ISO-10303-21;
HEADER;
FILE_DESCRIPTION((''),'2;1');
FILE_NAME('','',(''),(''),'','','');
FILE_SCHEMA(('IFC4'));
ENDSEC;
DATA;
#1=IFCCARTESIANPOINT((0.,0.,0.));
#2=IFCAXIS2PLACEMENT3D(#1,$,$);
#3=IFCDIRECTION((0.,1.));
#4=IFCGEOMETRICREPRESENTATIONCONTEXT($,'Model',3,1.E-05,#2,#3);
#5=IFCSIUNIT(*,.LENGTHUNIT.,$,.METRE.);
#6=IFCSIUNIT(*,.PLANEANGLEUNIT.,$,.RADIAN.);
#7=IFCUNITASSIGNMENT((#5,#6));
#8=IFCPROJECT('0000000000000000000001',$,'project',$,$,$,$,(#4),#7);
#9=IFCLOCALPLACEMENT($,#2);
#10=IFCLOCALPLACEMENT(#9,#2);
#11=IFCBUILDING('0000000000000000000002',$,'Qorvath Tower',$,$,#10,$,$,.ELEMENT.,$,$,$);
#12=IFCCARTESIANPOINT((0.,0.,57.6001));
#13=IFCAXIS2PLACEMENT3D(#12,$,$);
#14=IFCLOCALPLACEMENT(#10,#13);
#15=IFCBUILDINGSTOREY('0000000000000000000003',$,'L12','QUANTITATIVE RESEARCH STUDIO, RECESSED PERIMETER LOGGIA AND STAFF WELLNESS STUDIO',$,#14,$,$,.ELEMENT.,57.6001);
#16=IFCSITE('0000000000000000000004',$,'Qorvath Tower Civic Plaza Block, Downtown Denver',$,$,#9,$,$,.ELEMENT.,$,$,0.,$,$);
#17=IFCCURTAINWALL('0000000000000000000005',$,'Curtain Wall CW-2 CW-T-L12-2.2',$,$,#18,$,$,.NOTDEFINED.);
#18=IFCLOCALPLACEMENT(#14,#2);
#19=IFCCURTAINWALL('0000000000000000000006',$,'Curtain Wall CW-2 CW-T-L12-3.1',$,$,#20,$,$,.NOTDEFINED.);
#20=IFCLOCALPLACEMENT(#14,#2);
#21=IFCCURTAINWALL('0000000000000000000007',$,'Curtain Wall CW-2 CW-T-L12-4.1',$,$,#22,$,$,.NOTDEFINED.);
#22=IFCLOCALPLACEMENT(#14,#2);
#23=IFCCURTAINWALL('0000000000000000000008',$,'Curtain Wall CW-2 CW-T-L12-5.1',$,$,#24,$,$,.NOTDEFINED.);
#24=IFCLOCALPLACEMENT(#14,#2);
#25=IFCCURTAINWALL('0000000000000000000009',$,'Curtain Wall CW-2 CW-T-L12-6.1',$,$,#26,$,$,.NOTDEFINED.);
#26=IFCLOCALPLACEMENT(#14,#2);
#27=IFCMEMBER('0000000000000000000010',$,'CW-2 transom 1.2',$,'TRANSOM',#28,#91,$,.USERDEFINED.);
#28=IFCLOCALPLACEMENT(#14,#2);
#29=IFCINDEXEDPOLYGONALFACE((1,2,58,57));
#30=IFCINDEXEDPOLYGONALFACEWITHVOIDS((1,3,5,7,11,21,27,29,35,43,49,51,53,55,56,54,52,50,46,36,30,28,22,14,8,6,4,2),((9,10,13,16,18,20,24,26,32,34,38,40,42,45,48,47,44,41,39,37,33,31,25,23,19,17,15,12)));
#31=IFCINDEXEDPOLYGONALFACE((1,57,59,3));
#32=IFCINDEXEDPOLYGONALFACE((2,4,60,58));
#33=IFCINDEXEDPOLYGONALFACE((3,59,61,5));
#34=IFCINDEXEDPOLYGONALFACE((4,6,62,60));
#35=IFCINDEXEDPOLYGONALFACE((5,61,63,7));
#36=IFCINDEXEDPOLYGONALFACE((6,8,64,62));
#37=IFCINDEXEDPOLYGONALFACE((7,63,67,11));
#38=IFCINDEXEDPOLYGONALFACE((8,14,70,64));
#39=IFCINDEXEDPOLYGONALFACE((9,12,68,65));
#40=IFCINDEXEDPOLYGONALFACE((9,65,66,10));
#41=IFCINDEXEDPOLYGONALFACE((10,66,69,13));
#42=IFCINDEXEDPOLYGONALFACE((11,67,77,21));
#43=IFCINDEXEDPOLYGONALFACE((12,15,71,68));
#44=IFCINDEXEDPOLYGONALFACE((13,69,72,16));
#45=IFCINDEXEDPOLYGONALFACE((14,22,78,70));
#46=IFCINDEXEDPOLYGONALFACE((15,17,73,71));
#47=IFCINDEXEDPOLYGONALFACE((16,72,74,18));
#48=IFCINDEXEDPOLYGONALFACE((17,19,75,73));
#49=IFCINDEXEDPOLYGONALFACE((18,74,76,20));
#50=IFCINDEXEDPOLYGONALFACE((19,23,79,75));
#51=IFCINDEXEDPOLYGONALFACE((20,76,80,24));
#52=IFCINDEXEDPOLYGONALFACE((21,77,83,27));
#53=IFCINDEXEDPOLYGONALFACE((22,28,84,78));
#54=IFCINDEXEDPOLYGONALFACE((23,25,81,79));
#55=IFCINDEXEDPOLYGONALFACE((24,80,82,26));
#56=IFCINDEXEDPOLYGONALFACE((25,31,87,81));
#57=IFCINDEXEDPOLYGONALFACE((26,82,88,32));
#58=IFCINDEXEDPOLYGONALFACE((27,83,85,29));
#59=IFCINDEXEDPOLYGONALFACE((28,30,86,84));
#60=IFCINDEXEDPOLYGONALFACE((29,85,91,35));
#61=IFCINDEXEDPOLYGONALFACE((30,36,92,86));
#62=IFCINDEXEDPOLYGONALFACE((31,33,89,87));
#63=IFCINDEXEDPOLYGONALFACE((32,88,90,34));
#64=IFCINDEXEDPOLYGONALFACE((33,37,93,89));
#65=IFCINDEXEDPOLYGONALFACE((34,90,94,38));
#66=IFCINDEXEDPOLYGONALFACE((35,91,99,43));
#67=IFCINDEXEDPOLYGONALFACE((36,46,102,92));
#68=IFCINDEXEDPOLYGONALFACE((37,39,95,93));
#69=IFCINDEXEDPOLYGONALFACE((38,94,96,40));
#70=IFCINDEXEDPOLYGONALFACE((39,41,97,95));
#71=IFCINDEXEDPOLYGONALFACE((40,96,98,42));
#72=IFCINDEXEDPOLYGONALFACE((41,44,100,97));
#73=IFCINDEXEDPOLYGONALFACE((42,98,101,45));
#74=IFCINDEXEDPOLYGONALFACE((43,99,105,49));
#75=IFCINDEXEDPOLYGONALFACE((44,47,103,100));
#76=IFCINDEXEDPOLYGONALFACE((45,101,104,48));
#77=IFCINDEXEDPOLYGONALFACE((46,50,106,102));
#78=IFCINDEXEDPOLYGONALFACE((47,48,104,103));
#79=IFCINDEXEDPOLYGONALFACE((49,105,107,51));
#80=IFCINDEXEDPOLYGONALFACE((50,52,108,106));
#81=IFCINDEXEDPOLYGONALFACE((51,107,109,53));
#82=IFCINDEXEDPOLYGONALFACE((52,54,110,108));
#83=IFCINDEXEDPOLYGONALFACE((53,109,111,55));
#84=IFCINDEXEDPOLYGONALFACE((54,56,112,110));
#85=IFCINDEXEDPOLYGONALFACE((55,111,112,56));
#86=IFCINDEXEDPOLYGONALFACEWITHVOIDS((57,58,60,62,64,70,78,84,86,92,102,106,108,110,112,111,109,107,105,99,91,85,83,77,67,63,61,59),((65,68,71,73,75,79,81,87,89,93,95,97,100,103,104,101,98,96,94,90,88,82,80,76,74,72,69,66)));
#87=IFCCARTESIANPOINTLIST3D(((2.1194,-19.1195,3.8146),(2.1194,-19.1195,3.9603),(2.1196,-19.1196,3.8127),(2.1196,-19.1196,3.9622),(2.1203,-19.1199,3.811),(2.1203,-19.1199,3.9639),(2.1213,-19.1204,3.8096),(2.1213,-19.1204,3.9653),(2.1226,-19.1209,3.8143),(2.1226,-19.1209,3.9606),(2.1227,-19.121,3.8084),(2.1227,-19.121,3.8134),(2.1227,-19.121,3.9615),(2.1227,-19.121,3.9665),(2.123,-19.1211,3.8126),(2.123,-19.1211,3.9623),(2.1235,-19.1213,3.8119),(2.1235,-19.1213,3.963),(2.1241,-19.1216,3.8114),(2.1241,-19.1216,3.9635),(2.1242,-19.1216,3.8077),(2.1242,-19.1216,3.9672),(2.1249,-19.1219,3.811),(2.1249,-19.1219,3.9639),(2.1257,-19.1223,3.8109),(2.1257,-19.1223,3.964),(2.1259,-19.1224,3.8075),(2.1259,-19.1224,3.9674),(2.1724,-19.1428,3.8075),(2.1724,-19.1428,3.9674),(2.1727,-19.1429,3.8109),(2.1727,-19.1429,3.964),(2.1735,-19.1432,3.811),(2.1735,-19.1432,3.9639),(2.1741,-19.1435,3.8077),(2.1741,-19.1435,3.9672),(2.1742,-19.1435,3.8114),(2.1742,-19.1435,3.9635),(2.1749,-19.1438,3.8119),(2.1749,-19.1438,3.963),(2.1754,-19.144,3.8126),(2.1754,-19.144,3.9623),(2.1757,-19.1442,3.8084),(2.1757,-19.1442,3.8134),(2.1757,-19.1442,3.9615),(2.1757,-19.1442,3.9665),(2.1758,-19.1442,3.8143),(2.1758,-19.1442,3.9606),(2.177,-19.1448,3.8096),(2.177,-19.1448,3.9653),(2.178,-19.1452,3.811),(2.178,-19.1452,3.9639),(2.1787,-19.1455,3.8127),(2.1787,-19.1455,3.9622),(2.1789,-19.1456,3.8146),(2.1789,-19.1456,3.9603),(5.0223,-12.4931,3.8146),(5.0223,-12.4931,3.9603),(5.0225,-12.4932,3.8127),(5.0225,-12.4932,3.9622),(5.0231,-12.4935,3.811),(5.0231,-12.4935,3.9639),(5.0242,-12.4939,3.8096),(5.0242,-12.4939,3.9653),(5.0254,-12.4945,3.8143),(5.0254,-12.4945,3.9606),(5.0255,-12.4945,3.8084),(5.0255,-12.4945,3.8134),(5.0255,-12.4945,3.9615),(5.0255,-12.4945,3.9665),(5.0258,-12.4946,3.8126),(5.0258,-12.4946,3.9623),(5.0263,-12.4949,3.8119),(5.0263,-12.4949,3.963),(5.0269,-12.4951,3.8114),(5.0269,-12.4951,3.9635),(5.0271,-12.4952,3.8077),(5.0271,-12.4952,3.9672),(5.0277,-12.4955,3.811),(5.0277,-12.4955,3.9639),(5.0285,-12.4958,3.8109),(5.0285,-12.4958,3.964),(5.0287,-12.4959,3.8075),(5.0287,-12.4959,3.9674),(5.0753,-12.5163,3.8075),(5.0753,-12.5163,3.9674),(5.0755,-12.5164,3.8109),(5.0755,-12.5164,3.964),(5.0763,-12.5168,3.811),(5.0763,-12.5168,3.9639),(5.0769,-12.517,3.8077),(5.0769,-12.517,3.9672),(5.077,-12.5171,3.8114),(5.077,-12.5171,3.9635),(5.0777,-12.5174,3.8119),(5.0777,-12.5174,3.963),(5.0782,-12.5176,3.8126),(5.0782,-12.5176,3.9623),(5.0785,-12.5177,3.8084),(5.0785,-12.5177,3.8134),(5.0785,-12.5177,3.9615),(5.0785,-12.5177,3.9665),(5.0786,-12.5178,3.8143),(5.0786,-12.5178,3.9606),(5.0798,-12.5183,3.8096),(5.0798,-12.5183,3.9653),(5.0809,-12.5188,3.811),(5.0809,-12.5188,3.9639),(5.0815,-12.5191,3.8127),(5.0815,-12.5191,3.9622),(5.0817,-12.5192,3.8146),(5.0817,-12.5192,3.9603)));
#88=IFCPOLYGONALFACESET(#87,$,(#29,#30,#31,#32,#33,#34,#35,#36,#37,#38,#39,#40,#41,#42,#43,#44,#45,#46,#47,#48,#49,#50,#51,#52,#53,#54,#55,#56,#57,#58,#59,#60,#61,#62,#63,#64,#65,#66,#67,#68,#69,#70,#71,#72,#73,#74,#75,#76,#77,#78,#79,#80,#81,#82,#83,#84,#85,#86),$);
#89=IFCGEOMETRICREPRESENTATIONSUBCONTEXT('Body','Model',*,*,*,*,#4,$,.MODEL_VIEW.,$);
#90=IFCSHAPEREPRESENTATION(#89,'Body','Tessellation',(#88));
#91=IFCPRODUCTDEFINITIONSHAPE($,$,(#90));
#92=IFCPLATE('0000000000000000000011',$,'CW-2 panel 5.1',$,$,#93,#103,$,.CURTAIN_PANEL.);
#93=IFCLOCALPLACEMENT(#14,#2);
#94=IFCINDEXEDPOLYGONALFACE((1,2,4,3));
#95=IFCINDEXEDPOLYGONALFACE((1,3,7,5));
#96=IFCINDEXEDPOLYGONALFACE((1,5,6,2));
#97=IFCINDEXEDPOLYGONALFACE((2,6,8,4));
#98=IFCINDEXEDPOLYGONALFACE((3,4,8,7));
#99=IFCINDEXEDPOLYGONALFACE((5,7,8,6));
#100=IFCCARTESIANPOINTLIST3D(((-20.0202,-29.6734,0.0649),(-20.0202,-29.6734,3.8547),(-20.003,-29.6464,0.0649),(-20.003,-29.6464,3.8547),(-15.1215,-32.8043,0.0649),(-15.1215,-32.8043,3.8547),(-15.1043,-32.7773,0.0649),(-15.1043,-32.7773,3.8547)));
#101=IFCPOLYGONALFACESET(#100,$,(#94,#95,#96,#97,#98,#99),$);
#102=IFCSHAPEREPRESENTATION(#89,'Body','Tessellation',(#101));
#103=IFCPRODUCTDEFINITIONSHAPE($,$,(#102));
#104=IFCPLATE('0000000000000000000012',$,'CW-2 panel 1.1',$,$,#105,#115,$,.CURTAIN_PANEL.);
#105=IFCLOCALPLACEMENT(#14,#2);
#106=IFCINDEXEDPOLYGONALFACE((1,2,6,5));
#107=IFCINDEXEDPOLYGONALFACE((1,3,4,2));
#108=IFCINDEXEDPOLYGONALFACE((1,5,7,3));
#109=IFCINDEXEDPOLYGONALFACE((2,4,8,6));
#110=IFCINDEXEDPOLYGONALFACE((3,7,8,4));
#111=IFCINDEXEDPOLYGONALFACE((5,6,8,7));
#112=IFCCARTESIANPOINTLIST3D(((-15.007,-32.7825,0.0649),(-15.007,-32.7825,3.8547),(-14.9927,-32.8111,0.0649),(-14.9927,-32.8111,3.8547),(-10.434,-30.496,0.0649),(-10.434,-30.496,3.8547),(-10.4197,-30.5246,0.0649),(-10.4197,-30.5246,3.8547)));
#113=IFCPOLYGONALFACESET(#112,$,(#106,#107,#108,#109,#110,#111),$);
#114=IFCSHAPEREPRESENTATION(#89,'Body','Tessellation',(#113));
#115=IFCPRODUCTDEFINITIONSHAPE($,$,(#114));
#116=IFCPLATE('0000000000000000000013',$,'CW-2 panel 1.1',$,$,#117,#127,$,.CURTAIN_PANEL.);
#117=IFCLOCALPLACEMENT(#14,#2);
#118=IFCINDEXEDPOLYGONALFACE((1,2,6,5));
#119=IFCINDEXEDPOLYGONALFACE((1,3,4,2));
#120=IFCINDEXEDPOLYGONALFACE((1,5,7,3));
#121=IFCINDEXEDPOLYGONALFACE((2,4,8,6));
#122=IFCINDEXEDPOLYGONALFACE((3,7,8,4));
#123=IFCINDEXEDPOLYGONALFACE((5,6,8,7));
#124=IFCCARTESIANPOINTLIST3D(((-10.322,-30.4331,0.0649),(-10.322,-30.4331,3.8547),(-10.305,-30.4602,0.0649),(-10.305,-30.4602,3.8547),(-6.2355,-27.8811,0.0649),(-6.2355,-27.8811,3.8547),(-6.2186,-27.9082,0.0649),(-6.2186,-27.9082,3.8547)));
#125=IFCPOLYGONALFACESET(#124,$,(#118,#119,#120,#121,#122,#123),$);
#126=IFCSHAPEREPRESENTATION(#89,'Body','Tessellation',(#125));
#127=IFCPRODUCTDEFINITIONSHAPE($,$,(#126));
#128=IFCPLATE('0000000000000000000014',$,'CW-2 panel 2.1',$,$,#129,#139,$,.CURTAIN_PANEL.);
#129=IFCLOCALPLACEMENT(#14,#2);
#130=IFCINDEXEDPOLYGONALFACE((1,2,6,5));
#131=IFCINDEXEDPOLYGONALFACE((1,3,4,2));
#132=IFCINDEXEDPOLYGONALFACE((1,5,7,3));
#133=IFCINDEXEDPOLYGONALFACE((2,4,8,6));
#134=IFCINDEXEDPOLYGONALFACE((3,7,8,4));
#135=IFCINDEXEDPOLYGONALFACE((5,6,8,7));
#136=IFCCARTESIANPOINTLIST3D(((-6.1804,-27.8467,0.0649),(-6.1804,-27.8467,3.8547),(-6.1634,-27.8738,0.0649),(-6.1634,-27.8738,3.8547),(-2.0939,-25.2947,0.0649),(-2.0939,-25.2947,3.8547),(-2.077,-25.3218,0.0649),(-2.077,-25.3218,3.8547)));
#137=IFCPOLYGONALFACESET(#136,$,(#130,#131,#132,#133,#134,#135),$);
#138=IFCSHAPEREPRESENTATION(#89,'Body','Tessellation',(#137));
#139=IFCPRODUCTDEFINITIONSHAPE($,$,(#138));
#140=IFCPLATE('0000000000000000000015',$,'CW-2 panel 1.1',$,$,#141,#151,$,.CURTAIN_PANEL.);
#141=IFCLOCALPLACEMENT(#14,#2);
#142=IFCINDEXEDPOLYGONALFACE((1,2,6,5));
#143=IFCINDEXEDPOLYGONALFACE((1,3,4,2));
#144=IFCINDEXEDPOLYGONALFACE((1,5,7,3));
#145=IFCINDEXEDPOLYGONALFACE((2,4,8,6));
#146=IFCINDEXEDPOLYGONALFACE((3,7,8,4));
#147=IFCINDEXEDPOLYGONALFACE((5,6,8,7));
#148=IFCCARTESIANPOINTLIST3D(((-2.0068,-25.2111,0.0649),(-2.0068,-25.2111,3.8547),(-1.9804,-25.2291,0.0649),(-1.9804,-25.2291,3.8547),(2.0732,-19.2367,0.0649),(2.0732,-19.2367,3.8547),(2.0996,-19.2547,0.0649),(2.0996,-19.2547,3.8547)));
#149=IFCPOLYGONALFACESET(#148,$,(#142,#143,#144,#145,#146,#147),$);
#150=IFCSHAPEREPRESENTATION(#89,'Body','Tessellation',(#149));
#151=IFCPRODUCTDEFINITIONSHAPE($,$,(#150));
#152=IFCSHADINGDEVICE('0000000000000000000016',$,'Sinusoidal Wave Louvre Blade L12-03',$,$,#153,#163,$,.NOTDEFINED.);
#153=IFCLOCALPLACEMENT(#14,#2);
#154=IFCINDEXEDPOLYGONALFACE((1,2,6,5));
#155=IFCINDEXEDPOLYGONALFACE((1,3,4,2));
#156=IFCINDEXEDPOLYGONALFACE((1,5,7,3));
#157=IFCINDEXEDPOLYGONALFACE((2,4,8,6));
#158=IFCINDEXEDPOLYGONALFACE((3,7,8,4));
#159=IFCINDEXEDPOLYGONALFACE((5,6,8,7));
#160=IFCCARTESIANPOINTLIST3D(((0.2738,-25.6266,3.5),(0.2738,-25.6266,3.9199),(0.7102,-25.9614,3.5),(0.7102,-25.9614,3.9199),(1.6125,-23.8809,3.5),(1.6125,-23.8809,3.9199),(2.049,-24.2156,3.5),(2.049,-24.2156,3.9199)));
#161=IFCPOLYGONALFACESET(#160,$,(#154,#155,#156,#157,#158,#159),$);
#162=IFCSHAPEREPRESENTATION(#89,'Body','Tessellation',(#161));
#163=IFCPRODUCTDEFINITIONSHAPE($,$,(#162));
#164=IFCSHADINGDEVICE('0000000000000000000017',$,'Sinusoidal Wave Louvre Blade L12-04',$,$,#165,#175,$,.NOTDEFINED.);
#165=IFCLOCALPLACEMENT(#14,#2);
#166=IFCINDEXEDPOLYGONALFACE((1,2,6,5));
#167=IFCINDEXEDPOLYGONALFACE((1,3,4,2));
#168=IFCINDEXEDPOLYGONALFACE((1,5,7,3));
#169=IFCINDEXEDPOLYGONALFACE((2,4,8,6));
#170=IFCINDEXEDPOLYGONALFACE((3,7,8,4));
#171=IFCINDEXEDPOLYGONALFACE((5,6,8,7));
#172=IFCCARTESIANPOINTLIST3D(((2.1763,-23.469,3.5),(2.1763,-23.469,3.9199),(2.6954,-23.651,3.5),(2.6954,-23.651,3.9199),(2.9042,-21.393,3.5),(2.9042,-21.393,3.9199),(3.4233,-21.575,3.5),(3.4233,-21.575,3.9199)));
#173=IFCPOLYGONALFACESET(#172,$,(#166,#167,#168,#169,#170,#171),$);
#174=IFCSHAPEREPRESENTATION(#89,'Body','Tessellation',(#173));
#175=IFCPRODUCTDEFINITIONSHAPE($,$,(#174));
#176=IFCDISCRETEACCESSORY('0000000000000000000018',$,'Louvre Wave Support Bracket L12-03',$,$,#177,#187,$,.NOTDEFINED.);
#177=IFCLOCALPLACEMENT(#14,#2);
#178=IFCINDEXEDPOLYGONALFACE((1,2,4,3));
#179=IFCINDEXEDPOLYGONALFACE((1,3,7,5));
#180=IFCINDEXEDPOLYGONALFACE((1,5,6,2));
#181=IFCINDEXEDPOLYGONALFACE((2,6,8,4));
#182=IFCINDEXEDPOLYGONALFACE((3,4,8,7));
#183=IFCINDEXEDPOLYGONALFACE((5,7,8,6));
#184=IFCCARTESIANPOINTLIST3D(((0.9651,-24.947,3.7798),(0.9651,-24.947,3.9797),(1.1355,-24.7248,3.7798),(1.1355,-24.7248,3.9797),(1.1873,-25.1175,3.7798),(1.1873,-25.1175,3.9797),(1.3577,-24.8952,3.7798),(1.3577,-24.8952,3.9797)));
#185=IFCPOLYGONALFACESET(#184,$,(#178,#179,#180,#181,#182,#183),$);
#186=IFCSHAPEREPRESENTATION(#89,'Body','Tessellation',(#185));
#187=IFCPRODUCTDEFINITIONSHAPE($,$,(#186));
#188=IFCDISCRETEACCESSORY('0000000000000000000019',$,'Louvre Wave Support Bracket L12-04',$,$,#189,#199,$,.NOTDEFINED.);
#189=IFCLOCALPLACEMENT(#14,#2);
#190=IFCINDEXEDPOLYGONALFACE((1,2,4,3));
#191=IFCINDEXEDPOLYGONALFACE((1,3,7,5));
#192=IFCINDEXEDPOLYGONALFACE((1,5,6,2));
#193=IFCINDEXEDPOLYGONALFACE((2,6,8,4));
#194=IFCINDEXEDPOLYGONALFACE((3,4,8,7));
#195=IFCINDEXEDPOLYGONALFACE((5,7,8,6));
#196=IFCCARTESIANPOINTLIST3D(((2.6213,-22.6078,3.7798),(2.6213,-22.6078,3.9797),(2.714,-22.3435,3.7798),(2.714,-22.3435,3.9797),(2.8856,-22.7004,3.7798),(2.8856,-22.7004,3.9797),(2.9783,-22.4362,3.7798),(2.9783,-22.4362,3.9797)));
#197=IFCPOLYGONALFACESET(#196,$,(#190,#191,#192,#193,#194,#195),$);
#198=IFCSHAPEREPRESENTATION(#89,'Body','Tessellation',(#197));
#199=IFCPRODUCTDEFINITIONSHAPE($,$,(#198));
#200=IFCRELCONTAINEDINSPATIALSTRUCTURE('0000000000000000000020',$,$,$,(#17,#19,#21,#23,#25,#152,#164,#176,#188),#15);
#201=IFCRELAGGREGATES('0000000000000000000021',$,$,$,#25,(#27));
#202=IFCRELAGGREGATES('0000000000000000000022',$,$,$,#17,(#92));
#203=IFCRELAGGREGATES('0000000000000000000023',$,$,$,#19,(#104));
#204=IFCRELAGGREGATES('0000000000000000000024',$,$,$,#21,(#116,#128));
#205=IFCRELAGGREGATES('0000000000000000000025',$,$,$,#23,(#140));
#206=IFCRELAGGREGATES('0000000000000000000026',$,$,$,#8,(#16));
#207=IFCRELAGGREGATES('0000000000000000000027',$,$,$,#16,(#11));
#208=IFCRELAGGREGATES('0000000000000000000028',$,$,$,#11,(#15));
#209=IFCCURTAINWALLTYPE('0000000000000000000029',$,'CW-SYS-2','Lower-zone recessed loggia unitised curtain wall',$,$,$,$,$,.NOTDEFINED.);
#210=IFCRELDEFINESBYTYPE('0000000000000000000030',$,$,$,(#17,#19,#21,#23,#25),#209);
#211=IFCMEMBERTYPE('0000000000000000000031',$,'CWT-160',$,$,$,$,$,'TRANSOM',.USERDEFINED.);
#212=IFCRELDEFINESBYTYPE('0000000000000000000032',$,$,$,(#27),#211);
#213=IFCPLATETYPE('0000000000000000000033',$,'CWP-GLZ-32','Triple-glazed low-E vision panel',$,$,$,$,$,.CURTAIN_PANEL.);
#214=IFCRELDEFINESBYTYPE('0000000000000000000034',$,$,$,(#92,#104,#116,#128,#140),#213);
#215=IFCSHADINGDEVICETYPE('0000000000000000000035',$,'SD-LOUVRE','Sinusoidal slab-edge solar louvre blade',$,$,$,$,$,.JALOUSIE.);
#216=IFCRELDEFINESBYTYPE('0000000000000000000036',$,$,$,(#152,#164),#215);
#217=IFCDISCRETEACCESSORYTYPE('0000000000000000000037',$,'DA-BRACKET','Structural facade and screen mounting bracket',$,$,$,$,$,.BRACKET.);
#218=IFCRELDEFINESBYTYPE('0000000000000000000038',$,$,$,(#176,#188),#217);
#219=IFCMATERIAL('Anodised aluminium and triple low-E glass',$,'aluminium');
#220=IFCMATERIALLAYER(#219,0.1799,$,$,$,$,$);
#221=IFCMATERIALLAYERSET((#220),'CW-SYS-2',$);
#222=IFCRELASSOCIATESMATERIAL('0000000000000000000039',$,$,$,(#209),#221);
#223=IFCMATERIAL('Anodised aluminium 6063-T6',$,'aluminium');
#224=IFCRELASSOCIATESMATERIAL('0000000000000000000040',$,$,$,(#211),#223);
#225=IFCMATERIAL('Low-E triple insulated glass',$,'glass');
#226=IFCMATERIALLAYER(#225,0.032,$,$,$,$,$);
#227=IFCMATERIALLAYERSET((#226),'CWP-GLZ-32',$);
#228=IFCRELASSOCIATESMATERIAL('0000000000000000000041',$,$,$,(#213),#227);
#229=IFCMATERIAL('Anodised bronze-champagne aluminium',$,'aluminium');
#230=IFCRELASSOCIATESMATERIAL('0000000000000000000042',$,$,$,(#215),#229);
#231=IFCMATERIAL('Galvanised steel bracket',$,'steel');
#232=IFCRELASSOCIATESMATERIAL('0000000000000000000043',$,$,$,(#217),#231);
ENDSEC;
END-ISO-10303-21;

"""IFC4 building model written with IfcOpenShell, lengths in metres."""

from ifc_helpers import new_model, si_unit, direction, frame, origin, origin_2d, place, context, subcontext, project, spatial, rectangle, hollow_rectangle, extrude, material, layer, layer_set, material_profile, profile_set, type_object, element, aggregate, save


model = new_model("IFC4")

# Units and contexts
model_context = context("Model", 3, precision=1e-05, world=origin(), true_north=direction((0.0, 1.0)))
body_context = subcontext(model_context, "Body", "Model", "MODEL_VIEW")
ifc_project = project(units=[si_unit("LENGTHUNIT", "METRE"), si_unit("PLANEANGLEUNIT", "RADIAN")], contexts=[model_context])

# Site, building, storey
site_placement = place(None, origin())
site = spatial("IfcSite", under=ifc_project, at=site_placement, Name="Qorvath Tower Civic Plaza Block, Downtown Denver", CompositionType="ELEMENT", RefElevation=0.0)
building_placement = place(site_placement, origin())
building = spatial("IfcBuilding", under=site, at=building_placement, Name="Qorvath Tower", CompositionType="ELEMENT")
storey_placement = place(building_placement, frame((0.0, 0.0, 57.6001)))
storey = spatial("IfcBuildingStorey", under=building, at=storey_placement, Name="L12", Description="QUANTITATIVE RESEARCH STUDIO, RECESSED PERIMETER LOGGIA AND STAFF WELLNESS STUDIO", CompositionType="ELEMENT", Elevation=57.6001)

# Curtain wall
ifc_material_1 = material(Name="Anodised aluminium and triple low-E glass", Category="aluminium")
ifc_layer_1 = layer(ifc_material_1, 0.1799)
ifc_layer_set_1 = layer_set([ifc_layer_1], Name="CW-SYS-2")
curtain_wall_type = type_object("IfcCurtainWallType", Name="CW-SYS-2", Description="Lower-zone recessed loggia unitised curtain wall", PredefinedType="NOTDEFINED", material=ifc_layer_set_1)
curtain_wall_1_placement = place(storey_placement, origin())
curtain_wall_1 = element("IfcCurtainWall", 1, at=curtain_wall_1_placement, inside=storey, type_object=curtain_wall_type, Name="Curtain Wall CW-2 CW-T-L12-2.2", PredefinedType="NOTDEFINED")

# Curtain walls
curtain_wall_2_placement = place(storey_placement, origin())
curtain_wall_2 = element("IfcCurtainWall", 2, at=curtain_wall_2_placement, inside=storey, type_object=curtain_wall_type, Name="Curtain Wall CW-2 CW-T-L12-3.1", PredefinedType="NOTDEFINED")
curtain_wall_3_placement = place(storey_placement, origin())
curtain_wall_3 = element("IfcCurtainWall", 3, at=curtain_wall_3_placement, inside=storey, type_object=curtain_wall_type, Name="Curtain Wall CW-2 CW-T-L12-4.1", PredefinedType="NOTDEFINED")
curtain_wall_4_placement = place(storey_placement, origin())
curtain_wall_4 = element("IfcCurtainWall", 4, at=curtain_wall_4_placement, inside=storey, type_object=curtain_wall_type, Name="Curtain Wall CW-2 CW-T-L12-5.1", PredefinedType="NOTDEFINED")

# Curtain wall
curtain_wall_5_placement = place(storey_placement, origin())
curtain_wall_5 = element("IfcCurtainWall", 5, at=curtain_wall_5_placement, inside=storey, type_object=curtain_wall_type, Name="Curtain Wall CW-2 CW-T-L12-6.1", PredefinedType="NOTDEFINED")

# Member
ifc_material_2 = material(Name="Anodised aluminium 6063-T6", Category="aluminium")
ifc_material_profile_1 = material_profile(ifc_material_2, hollow_rectangle(XDim=0.0649, YDim=0.1599, WallThickness=0.0034, InnerFilletRadius=0.0034, OuterFilletRadius=0.0071, at=origin_2d()), Name="CWT 160x65")
ifc_profile_set_1 = profile_set([ifc_material_profile_1], Name="Anodised aluminium 6063-T6")
member_type_1 = type_object("IfcMemberType", Name="CWT-160", ElementType="TRANSOM", PredefinedType="USERDEFINED", material=ifc_profile_set_1)
member_1_placement = place(storey_placement, frame((2.1492, -19.1326, 3.8875), z_axis=(0.401254, 0.915967, 0.0), x_axis=(-0.915967, 0.401254, 0.0)))
member_1 = element("IfcMember", 6, at=member_1_placement, type_object=member_type_1, Name="CW-2 transom 1.2", ObjectType="TRANSOM", PredefinedType="USERDEFINED", context=body_context, shape_type="SweptSolid", body=[
    extrude(hollow_rectangle(XDim=0.0649, YDim=0.1599, WallThickness=0.0034, InnerFilletRadius=0.0034, OuterFilletRadius=0.0071, at=origin_2d()), origin(), (0.0, 0.0, 1.0), 7.2344),
])
aggregate(curtain_wall_5, [member_1])

# Plates
ifc_material_3 = material(Name="Low-E triple insulated glass", Category="glass")
ifc_layer_2 = layer(ifc_material_3, 0.032)
ifc_layer_set_2 = layer_set([ifc_layer_2], Name="CWP-GLZ-32")
plate_type = type_object("IfcPlateType", Name="CWP-GLZ-32", Description="Triple-glazed low-E vision panel", PredefinedType="CURTAIN_PANEL", material=ifc_layer_set_2)
plate_1_placement = place(storey_placement, frame((-17.5623, -31.2253, 0.0649), z_axis=(0.0, 0.0, 1.0), x_axis=(0.842602, -0.538536, 0.0)))
plate_1 = element("IfcPlate", 7, at=plate_1_placement, type_object=plate_type, Name="CW-2 panel 5.1", PredefinedType="CURTAIN_PANEL", context=body_context, shape_type="SweptSolid", body=[
    extrude(rectangle(XDim=5.8137, YDim=0.032, at=origin_2d()), origin(), (0.0, 0.0, 1.0), 3.7898),
])
aggregate(curtain_wall_1, [plate_1])
plate_2_placement = place(storey_placement, frame((-12.7134, -31.6536, 0.0649), z_axis=(0.0, 0.0, 1.0), x_axis=(0.894427, 0.447214, 0.0)))
plate_2 = element("IfcPlate", 8, at=plate_2_placement, type_object=plate_type, Name="CW-2 panel 1.1", PredefinedType="CURTAIN_PANEL", context=body_context, shape_type="SweptSolid", body=[
    extrude(rectangle(XDim=5.1128, YDim=0.032, at=origin_2d()), origin(), (0.0, 0.0, 1.0), 3.7898),
])
aggregate(curtain_wall_2, [plate_2])
plate_3_placement = place(storey_placement, frame((-8.2703, -29.1707, 0.0649), z_axis=(0.0, 0.0, 1.0), x_axis=(0.84819, 0.529692, 0.0)))
plate_3 = element("IfcPlate", 9, at=plate_3_placement, type_object=plate_type, Name="CW-2 panel 1.1", PredefinedType="CURTAIN_PANEL", context=body_context, shape_type="SweptSolid", body=[
    extrude(rectangle(XDim=4.8179, YDim=0.032, at=origin_2d()), origin(), (0.0, 0.0, 1.0), 3.7898),
])
plate_4_placement = place(storey_placement, frame((-4.1287, -26.5842, 0.0649), z_axis=(0.0, 0.0, 1.0), x_axis=(0.84819, 0.529692, 0.0)))
plate_4 = element("IfcPlate", 10, at=plate_4_placement, type_object=plate_type, Name="CW-2 panel 2.1", PredefinedType="CURTAIN_PANEL", context=body_context, shape_type="SweptSolid", body=[
    extrude(rectangle(XDim=4.8179, YDim=0.032, at=origin_2d()), origin(), (0.0, 0.0, 1.0), 3.7898),
])
aggregate(curtain_wall_3, [plate_3, plate_4])
plate_5_placement = place(storey_placement, frame((0.0464, -22.2329, 0.0649), z_axis=(0.0, 0.0, 1.0), x_axis=(0.56395, 0.825809, 0.0)))
plate_5 = element("IfcPlate", 11, at=plate_5_placement, type_object=plate_type, Name="CW-2 panel 1.1", PredefinedType="CURTAIN_PANEL", context=body_context, shape_type="SweptSolid", body=[
    extrude(rectangle(XDim=7.2346, YDim=0.032, at=origin_2d()), origin(), (0.0, 0.0, 1.0), 3.7898),
])
aggregate(curtain_wall_4, [plate_5])

# Shading devices
ifc_material_4 = material(Name="Anodised bronze-champagne aluminium", Category="aluminium")
shading_device_type = type_object("IfcShadingDeviceType", Name="SD-LOUVRE", Description="Sinusoidal slab-edge solar louvre blade", PredefinedType="JALOUSIE", material=ifc_material_4)
for number, where, z_axis, x_axis, name in (
    (12, (1.1614, -24.9211, 3.5), (0.0, 0.0, 1.0), (0.608534, 0.793528, 0.0), "Sinusoidal Wave Louvre Blade L12-03"),
    (13, (2.7998, -22.522, 3.5), (0.0, 0.0, 1.0), (0.330885, 0.943671, 0.0), "Sinusoidal Wave Louvre Blade L12-04"),
):
    element("IfcShadingDevice", number, at=place(storey_placement, frame(where, z_axis=z_axis, x_axis=x_axis)), inside=storey, type_object=shading_device_type, Name=name, PredefinedType="NOTDEFINED", context=body_context, shape_type="SweptSolid", body=[
        extrude(rectangle(XDim=2.2, YDim=0.55, at=origin_2d()), origin(), (0.0, 0.0, 1.0), 0.4199),
    ])

# Discrete accessories
ifc_material_5 = material(Name="Galvanised steel bracket", Category="steel")
discrete_accessory_type = type_object("IfcDiscreteAccessoryType", Name="DA-BRACKET", Description="Structural facade and screen mounting bracket", PredefinedType="BRACKET", material=ifc_material_5)
for number, where, z_axis, x_axis, name in (
    (14, (1.1614, -24.9211, 3.7798), (0.0, 0.0, 1.0), (0.608534, 0.793528, 0.0), "Louvre Wave Support Bracket L12-03"),
    (15, (2.7998, -22.522, 3.7798), (0.0, 0.0, 1.0), (0.330885, 0.943671, 0.0), "Louvre Wave Support Bracket L12-04"),
):
    element("IfcDiscreteAccessory", number, at=place(storey_placement, frame(where, z_axis=z_axis, x_axis=x_axis)), inside=storey, type_object=discrete_accessory_type, Name=name, PredefinedType="NOTDEFINED", context=body_context, shape_type="SweptSolid", body=[
        extrude(rectangle(XDim=0.28, YDim=0.28, at=origin_2d()), origin(), (0.0, 0.0, 1.0), 0.2),
    ])

save(model, "model.ifc")
